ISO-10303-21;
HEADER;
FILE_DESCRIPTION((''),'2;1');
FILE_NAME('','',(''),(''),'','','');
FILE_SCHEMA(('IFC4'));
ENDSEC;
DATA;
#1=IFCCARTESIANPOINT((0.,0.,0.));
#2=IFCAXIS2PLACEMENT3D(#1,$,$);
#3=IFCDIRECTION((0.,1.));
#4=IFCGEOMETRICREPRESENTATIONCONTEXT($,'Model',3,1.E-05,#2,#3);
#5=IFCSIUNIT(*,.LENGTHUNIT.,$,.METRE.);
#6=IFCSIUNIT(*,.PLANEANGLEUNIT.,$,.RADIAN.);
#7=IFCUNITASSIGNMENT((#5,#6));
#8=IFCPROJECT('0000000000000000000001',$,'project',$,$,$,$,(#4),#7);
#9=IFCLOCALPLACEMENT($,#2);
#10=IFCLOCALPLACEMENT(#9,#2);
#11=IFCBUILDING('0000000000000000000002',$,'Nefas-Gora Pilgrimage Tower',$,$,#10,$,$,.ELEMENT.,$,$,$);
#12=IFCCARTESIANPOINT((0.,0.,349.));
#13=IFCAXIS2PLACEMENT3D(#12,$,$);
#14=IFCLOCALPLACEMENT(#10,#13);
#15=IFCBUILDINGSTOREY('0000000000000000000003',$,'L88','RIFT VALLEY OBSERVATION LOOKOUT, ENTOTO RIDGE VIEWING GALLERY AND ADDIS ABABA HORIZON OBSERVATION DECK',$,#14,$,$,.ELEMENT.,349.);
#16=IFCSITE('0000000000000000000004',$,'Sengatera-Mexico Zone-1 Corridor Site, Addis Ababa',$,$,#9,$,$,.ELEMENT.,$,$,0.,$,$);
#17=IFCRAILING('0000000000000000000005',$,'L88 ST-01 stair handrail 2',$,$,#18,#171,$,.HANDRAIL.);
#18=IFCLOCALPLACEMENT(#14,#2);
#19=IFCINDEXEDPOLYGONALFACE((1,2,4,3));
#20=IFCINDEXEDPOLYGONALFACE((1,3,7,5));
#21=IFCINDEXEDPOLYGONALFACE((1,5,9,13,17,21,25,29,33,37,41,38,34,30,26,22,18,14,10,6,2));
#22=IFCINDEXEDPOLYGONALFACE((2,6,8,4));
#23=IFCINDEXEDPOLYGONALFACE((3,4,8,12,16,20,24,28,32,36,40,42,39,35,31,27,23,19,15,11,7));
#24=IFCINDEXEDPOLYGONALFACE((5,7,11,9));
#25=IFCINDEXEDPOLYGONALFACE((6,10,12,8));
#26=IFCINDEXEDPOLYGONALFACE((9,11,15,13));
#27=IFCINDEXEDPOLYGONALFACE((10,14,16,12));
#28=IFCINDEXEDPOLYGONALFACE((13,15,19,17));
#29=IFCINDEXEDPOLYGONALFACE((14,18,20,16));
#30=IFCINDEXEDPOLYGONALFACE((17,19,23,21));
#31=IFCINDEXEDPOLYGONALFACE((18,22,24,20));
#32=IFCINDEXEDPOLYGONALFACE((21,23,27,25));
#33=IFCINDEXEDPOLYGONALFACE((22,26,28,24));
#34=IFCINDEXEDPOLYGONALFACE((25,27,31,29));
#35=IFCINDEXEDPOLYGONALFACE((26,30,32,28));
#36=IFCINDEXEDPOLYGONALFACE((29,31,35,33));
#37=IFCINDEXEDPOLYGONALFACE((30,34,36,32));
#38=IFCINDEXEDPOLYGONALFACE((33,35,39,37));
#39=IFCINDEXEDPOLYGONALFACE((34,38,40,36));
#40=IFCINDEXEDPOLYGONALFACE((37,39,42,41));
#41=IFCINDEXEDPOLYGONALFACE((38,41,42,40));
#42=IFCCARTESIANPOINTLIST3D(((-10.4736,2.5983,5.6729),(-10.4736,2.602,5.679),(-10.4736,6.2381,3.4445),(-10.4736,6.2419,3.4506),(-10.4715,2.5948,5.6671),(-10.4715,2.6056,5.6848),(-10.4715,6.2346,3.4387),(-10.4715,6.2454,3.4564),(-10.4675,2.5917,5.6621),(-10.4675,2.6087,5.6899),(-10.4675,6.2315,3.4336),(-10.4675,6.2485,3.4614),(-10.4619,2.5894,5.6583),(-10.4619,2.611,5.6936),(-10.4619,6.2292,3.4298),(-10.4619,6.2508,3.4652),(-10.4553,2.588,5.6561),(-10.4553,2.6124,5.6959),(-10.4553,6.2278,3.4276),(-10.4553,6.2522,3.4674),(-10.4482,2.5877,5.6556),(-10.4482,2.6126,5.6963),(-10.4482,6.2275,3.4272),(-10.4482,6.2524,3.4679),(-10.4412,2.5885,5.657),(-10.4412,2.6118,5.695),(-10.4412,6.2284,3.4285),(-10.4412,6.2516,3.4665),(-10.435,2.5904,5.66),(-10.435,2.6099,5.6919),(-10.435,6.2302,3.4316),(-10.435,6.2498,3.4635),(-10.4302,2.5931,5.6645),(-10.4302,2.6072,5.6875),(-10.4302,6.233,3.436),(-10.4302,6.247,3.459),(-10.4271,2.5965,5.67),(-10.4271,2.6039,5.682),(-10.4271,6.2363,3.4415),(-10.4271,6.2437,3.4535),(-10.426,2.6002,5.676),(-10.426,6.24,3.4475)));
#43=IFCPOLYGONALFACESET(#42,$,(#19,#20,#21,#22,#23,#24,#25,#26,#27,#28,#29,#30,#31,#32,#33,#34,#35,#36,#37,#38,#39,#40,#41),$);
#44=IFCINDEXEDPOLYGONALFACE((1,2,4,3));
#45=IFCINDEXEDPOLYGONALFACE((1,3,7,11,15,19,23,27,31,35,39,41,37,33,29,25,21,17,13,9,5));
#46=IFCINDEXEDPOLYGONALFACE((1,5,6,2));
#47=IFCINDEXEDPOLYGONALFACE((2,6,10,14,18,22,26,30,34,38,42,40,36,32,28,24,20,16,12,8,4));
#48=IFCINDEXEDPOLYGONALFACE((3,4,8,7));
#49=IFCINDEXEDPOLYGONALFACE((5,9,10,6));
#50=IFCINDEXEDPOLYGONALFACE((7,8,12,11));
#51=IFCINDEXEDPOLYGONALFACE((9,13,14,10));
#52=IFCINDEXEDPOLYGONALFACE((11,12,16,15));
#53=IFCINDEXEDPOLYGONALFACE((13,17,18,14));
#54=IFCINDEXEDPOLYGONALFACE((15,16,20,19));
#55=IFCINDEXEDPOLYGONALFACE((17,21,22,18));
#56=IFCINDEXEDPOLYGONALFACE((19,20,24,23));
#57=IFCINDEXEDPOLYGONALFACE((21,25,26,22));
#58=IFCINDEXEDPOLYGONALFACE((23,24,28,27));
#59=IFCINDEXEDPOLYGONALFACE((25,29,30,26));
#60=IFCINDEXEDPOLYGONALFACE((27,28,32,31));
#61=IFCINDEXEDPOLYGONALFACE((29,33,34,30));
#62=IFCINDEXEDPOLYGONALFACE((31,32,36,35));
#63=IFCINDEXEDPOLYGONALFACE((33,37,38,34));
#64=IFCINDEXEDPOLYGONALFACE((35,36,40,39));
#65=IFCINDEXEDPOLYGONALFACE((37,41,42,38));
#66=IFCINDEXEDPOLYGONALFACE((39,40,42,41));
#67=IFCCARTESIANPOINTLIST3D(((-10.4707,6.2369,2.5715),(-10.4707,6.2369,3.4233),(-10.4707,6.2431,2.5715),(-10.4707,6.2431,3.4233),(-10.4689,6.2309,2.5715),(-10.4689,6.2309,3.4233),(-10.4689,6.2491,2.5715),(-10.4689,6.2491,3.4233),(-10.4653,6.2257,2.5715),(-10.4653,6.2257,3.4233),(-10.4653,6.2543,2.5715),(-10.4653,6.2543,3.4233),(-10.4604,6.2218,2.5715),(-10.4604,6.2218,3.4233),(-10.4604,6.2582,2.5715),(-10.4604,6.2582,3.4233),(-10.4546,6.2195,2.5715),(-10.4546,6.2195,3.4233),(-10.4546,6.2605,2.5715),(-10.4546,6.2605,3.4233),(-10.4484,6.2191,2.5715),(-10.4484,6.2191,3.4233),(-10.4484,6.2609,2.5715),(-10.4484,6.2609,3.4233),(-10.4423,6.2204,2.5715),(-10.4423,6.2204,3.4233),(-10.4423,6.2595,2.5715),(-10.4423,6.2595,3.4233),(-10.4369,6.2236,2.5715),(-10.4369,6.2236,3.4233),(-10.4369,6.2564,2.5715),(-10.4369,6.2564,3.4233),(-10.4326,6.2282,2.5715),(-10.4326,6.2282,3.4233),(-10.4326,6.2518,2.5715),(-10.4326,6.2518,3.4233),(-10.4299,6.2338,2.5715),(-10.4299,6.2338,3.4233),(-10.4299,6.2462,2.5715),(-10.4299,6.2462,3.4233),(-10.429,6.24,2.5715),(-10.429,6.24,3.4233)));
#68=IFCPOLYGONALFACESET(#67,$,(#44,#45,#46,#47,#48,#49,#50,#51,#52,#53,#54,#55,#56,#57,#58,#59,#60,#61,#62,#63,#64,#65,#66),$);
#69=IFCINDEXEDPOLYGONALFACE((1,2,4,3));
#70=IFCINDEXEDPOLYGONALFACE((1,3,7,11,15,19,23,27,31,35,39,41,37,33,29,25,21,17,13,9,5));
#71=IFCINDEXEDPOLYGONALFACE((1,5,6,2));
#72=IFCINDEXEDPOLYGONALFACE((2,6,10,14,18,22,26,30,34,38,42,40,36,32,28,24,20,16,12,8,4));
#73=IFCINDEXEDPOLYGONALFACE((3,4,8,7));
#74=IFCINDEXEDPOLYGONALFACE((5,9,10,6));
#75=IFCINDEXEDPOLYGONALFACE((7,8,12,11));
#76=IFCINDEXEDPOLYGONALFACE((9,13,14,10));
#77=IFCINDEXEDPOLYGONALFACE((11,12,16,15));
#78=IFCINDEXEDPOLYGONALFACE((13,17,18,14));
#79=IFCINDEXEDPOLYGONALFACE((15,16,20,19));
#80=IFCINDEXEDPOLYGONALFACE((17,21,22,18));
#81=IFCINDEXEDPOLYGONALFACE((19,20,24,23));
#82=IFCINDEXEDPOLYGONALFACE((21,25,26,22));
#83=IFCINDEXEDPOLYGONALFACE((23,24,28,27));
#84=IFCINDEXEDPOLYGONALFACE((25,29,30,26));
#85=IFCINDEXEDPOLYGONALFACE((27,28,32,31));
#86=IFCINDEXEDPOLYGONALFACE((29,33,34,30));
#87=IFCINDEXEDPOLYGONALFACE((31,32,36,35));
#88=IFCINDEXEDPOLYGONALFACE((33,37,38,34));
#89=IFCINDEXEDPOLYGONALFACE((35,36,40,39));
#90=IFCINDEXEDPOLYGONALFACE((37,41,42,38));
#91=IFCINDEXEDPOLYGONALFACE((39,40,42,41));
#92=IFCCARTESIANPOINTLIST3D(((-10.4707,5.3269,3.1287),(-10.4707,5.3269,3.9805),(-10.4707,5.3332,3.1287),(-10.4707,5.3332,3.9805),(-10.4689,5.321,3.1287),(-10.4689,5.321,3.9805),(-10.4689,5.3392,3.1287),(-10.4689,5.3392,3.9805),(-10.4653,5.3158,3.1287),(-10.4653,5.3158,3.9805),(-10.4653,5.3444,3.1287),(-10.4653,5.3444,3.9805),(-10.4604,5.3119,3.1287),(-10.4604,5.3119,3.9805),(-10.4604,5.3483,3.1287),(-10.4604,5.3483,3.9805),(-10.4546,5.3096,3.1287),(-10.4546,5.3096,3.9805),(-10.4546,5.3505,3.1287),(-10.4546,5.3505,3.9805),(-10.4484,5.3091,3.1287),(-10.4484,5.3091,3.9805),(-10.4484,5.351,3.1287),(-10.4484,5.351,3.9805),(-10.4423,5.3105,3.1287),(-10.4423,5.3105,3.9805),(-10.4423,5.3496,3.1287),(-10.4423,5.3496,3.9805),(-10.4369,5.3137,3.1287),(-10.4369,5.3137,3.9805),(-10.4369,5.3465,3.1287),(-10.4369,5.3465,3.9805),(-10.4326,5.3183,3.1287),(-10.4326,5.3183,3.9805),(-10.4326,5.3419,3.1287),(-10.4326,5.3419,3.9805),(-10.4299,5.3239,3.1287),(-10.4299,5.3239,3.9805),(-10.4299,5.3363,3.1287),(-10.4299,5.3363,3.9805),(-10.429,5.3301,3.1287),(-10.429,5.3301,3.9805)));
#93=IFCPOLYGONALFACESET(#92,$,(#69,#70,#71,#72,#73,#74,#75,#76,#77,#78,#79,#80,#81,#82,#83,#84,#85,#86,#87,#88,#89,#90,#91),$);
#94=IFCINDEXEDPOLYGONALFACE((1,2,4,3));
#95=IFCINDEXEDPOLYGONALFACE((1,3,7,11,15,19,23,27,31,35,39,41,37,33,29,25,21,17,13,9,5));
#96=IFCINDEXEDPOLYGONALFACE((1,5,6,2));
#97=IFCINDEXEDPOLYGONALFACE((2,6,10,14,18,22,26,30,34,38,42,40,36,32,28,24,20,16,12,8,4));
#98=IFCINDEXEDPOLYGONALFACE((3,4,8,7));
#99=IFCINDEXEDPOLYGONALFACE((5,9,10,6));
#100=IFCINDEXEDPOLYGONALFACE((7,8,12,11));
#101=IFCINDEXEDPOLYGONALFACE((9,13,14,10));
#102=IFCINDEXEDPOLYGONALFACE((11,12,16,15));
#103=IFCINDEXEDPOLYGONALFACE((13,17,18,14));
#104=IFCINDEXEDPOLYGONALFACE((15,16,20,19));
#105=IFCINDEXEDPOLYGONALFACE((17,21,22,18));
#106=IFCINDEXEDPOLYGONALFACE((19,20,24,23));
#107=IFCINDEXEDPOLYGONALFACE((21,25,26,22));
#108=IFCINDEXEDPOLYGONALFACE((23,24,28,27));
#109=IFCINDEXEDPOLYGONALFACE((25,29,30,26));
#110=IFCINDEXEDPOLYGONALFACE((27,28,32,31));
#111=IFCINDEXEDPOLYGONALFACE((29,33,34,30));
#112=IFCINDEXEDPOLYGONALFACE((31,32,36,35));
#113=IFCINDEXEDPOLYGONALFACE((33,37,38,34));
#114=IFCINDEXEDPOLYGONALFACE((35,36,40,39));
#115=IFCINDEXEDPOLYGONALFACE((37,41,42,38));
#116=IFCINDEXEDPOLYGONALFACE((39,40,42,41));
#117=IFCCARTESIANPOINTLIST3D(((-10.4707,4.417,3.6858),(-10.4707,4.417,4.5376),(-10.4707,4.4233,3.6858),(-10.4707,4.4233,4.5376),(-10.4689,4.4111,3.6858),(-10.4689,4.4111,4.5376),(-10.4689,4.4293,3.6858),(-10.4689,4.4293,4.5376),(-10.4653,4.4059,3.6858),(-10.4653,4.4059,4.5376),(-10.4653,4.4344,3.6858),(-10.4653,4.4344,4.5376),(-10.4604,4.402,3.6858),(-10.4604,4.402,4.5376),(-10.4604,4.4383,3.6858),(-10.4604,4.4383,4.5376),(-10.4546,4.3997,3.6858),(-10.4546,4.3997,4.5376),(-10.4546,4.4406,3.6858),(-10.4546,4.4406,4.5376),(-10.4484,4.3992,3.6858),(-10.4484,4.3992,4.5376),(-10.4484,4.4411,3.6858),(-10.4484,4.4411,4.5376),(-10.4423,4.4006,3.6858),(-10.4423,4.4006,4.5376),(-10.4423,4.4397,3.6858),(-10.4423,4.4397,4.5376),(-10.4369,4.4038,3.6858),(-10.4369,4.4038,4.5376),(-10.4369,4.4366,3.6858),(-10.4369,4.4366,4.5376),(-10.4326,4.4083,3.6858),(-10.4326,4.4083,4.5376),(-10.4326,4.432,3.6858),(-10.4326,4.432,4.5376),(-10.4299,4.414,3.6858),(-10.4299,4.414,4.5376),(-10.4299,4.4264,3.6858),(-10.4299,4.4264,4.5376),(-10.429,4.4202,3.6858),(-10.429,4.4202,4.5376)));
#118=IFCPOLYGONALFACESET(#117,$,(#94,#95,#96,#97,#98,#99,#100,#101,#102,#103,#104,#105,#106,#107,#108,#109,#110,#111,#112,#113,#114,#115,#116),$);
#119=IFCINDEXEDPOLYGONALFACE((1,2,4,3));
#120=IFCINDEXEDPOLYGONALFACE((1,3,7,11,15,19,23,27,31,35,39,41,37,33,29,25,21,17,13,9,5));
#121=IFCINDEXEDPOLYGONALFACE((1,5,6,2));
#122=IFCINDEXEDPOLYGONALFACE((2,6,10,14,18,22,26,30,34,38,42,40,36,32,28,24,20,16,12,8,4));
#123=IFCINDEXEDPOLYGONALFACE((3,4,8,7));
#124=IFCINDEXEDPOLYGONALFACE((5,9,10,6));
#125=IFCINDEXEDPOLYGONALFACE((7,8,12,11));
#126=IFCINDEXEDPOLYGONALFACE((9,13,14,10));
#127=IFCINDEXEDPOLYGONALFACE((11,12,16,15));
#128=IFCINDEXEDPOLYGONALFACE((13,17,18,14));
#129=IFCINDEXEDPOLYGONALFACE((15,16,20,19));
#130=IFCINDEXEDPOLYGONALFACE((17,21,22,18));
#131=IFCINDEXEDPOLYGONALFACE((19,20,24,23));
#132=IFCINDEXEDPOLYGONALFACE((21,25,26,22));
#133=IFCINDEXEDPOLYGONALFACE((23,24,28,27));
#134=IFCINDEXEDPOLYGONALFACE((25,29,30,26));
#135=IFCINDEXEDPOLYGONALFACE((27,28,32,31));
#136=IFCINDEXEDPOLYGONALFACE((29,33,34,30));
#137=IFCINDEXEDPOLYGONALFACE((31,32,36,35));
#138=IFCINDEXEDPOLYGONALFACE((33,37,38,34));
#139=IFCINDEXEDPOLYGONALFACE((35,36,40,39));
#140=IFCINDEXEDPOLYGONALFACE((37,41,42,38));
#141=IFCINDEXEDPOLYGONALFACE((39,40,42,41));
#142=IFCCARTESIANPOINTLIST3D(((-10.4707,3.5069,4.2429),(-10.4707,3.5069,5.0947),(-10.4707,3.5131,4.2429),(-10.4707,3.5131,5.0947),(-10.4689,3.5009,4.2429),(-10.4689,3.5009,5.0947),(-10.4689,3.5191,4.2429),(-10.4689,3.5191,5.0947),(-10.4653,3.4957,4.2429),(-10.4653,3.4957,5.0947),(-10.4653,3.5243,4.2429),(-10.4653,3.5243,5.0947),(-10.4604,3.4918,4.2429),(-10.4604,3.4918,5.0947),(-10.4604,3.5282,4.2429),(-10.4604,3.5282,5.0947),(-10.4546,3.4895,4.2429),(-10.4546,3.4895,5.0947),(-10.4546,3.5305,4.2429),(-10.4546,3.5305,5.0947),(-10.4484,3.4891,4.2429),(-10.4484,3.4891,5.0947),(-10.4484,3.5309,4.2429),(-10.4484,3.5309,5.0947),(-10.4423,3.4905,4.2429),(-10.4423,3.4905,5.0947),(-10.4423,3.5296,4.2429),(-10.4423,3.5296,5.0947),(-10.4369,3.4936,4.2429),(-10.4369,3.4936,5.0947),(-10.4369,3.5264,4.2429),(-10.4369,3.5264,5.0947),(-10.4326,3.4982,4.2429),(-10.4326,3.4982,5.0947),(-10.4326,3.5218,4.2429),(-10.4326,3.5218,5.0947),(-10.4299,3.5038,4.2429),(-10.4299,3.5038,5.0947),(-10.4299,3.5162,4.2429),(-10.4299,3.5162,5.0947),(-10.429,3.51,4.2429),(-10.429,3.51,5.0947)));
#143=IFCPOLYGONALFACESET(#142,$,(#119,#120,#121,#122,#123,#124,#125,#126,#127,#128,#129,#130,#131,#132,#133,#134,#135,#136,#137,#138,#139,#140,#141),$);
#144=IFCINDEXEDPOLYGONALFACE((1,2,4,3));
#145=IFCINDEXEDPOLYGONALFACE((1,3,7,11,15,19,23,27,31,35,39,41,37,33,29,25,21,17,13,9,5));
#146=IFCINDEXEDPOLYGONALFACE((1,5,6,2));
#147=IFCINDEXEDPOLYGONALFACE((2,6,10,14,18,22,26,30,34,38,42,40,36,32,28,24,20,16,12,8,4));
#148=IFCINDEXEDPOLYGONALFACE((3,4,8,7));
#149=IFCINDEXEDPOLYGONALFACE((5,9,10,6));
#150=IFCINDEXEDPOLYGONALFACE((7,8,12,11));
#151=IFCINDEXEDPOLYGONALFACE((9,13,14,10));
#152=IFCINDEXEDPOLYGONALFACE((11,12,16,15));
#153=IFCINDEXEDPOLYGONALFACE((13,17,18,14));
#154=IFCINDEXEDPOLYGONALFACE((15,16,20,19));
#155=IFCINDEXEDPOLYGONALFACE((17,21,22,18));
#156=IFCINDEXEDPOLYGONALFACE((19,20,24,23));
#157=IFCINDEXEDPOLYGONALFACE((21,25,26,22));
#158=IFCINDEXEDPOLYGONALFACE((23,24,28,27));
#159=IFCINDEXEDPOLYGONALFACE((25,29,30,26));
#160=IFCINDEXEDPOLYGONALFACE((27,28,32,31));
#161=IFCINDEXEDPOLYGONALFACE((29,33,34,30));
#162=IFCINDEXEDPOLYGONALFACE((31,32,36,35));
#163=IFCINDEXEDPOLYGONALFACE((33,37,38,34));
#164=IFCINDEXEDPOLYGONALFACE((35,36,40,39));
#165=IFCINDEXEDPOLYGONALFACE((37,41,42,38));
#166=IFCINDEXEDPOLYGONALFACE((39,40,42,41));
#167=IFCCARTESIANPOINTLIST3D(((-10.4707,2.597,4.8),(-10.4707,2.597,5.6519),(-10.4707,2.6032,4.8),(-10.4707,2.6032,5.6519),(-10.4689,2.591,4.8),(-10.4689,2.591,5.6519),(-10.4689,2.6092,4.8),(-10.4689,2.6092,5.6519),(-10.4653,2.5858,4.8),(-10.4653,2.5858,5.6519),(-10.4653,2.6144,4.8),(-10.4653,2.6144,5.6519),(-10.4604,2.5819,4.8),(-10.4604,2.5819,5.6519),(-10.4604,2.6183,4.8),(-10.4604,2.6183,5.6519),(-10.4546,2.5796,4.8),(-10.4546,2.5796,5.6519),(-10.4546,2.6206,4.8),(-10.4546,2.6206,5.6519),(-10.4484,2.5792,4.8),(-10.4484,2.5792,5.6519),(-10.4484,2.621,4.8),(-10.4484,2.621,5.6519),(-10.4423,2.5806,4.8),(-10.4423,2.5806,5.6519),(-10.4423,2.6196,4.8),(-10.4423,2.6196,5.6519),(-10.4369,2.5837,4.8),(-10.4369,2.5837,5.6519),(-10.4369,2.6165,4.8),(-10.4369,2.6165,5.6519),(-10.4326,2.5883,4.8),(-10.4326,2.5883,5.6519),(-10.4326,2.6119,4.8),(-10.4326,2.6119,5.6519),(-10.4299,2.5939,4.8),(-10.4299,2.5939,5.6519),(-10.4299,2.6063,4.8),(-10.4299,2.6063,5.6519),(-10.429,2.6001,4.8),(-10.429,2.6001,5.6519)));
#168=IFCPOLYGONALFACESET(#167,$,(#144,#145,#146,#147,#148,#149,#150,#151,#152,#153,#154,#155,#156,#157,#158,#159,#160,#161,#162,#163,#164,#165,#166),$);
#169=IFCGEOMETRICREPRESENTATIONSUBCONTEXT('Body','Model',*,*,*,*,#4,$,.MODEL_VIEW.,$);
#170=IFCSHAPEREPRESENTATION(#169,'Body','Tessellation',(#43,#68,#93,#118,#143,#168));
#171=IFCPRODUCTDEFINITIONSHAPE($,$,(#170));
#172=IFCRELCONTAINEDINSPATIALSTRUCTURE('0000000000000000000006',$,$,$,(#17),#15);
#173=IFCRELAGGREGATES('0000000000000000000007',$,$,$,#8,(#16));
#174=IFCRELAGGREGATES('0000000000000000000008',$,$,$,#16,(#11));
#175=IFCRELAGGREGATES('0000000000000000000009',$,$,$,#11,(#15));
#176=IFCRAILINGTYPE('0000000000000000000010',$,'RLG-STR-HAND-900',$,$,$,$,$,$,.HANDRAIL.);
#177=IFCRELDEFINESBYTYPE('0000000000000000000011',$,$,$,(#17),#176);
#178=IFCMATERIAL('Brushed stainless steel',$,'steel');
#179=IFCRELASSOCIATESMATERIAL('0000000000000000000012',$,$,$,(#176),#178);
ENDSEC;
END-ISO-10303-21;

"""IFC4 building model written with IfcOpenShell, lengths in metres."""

from ifc_helpers import new_model, si_unit, direction, frame, origin, origin_2d, place, context, subcontext, project, spatial, circle, extrude, material, type_object, element, save


model = new_model("IFC4")

# Units and contexts
model_context = context("Model", 3, precision=1e-05, world=origin(), true_north=direction((0.0, 1.0)))
body_context = subcontext(model_context, "Body", "Model", "MODEL_VIEW")
ifc_project = project(units=[si_unit("LENGTHUNIT", "METRE"), si_unit("PLANEANGLEUNIT", "RADIAN")], contexts=[model_context])

# Site, building, storey
site_placement = place(None, origin())
site = spatial("IfcSite", under=ifc_project, at=site_placement, Name="Sengatera-Mexico Zone-1 Corridor Site, Addis Ababa", CompositionType="ELEMENT", RefElevation=0.0)
building_placement = place(site_placement, origin())
building = spatial("IfcBuilding", under=site, at=building_placement, Name="Nefas-Gora Pilgrimage Tower", CompositionType="ELEMENT")
storey_placement = place(building_placement, frame((0.0, 0.0, 349.0)))
storey = spatial("IfcBuildingStorey", under=building, at=storey_placement, Name="L88", Description="RIFT VALLEY OBSERVATION LOOKOUT, ENTOTO RIDGE VIEWING GALLERY AND ADDIS ABABA HORIZON OBSERVATION DECK", CompositionType="ELEMENT", Elevation=349.0)

# Railing
ifc_material_1 = material(Name="Brushed stainless steel", Category="steel")
railing_type_1 = type_object("IfcRailingType", Name="RLG-STR-HAND-900", PredefinedType="HANDRAIL", material=ifc_material_1)
railing_1_placement = place(storey_placement, frame((-10.45, 6.24, 2.5715)))
element("IfcRailing", 1, at=railing_1_placement, inside=storey, type_object=railing_type_1, Name="L88 ST-01 stair handrail 2", PredefinedType="HANDRAIL", context=body_context, shape_type="SweptSolid", body=[
    extrude(circle(Radius=0.0239, at=origin_2d()), frame((0.0, 0.0, 0.876), z_axis=(0.0, -0.85285, 0.522156), x_axis=(1.0, 0.0, 0.0)), (0.0, 0.0, 1.0), 4.2678),
    extrude(circle(Radius=0.021, at=origin_2d()), origin(), (0.0, 0.0, 1.0), 0.8518),
    extrude(circle(Radius=0.021, at=origin_2d()), frame((0.0, -0.9099, 0.5571)), (0.0, 0.0, 1.0), 0.8518),
    extrude(circle(Radius=0.021, at=origin_2d()), frame((0.0, -1.8198, 1.1143)), (0.0, 0.0, 1.0), 0.8518),
    extrude(circle(Radius=0.021, at=origin_2d()), frame((0.0, -2.73, 1.6714)), (0.0, 0.0, 1.0), 0.8518),
    extrude(circle(Radius=0.021, at=origin_2d()), frame((0.0, -3.6399, 2.2285)), (0.0, 0.0, 1.0), 0.8518),
])

save(model, "model.ifc")
